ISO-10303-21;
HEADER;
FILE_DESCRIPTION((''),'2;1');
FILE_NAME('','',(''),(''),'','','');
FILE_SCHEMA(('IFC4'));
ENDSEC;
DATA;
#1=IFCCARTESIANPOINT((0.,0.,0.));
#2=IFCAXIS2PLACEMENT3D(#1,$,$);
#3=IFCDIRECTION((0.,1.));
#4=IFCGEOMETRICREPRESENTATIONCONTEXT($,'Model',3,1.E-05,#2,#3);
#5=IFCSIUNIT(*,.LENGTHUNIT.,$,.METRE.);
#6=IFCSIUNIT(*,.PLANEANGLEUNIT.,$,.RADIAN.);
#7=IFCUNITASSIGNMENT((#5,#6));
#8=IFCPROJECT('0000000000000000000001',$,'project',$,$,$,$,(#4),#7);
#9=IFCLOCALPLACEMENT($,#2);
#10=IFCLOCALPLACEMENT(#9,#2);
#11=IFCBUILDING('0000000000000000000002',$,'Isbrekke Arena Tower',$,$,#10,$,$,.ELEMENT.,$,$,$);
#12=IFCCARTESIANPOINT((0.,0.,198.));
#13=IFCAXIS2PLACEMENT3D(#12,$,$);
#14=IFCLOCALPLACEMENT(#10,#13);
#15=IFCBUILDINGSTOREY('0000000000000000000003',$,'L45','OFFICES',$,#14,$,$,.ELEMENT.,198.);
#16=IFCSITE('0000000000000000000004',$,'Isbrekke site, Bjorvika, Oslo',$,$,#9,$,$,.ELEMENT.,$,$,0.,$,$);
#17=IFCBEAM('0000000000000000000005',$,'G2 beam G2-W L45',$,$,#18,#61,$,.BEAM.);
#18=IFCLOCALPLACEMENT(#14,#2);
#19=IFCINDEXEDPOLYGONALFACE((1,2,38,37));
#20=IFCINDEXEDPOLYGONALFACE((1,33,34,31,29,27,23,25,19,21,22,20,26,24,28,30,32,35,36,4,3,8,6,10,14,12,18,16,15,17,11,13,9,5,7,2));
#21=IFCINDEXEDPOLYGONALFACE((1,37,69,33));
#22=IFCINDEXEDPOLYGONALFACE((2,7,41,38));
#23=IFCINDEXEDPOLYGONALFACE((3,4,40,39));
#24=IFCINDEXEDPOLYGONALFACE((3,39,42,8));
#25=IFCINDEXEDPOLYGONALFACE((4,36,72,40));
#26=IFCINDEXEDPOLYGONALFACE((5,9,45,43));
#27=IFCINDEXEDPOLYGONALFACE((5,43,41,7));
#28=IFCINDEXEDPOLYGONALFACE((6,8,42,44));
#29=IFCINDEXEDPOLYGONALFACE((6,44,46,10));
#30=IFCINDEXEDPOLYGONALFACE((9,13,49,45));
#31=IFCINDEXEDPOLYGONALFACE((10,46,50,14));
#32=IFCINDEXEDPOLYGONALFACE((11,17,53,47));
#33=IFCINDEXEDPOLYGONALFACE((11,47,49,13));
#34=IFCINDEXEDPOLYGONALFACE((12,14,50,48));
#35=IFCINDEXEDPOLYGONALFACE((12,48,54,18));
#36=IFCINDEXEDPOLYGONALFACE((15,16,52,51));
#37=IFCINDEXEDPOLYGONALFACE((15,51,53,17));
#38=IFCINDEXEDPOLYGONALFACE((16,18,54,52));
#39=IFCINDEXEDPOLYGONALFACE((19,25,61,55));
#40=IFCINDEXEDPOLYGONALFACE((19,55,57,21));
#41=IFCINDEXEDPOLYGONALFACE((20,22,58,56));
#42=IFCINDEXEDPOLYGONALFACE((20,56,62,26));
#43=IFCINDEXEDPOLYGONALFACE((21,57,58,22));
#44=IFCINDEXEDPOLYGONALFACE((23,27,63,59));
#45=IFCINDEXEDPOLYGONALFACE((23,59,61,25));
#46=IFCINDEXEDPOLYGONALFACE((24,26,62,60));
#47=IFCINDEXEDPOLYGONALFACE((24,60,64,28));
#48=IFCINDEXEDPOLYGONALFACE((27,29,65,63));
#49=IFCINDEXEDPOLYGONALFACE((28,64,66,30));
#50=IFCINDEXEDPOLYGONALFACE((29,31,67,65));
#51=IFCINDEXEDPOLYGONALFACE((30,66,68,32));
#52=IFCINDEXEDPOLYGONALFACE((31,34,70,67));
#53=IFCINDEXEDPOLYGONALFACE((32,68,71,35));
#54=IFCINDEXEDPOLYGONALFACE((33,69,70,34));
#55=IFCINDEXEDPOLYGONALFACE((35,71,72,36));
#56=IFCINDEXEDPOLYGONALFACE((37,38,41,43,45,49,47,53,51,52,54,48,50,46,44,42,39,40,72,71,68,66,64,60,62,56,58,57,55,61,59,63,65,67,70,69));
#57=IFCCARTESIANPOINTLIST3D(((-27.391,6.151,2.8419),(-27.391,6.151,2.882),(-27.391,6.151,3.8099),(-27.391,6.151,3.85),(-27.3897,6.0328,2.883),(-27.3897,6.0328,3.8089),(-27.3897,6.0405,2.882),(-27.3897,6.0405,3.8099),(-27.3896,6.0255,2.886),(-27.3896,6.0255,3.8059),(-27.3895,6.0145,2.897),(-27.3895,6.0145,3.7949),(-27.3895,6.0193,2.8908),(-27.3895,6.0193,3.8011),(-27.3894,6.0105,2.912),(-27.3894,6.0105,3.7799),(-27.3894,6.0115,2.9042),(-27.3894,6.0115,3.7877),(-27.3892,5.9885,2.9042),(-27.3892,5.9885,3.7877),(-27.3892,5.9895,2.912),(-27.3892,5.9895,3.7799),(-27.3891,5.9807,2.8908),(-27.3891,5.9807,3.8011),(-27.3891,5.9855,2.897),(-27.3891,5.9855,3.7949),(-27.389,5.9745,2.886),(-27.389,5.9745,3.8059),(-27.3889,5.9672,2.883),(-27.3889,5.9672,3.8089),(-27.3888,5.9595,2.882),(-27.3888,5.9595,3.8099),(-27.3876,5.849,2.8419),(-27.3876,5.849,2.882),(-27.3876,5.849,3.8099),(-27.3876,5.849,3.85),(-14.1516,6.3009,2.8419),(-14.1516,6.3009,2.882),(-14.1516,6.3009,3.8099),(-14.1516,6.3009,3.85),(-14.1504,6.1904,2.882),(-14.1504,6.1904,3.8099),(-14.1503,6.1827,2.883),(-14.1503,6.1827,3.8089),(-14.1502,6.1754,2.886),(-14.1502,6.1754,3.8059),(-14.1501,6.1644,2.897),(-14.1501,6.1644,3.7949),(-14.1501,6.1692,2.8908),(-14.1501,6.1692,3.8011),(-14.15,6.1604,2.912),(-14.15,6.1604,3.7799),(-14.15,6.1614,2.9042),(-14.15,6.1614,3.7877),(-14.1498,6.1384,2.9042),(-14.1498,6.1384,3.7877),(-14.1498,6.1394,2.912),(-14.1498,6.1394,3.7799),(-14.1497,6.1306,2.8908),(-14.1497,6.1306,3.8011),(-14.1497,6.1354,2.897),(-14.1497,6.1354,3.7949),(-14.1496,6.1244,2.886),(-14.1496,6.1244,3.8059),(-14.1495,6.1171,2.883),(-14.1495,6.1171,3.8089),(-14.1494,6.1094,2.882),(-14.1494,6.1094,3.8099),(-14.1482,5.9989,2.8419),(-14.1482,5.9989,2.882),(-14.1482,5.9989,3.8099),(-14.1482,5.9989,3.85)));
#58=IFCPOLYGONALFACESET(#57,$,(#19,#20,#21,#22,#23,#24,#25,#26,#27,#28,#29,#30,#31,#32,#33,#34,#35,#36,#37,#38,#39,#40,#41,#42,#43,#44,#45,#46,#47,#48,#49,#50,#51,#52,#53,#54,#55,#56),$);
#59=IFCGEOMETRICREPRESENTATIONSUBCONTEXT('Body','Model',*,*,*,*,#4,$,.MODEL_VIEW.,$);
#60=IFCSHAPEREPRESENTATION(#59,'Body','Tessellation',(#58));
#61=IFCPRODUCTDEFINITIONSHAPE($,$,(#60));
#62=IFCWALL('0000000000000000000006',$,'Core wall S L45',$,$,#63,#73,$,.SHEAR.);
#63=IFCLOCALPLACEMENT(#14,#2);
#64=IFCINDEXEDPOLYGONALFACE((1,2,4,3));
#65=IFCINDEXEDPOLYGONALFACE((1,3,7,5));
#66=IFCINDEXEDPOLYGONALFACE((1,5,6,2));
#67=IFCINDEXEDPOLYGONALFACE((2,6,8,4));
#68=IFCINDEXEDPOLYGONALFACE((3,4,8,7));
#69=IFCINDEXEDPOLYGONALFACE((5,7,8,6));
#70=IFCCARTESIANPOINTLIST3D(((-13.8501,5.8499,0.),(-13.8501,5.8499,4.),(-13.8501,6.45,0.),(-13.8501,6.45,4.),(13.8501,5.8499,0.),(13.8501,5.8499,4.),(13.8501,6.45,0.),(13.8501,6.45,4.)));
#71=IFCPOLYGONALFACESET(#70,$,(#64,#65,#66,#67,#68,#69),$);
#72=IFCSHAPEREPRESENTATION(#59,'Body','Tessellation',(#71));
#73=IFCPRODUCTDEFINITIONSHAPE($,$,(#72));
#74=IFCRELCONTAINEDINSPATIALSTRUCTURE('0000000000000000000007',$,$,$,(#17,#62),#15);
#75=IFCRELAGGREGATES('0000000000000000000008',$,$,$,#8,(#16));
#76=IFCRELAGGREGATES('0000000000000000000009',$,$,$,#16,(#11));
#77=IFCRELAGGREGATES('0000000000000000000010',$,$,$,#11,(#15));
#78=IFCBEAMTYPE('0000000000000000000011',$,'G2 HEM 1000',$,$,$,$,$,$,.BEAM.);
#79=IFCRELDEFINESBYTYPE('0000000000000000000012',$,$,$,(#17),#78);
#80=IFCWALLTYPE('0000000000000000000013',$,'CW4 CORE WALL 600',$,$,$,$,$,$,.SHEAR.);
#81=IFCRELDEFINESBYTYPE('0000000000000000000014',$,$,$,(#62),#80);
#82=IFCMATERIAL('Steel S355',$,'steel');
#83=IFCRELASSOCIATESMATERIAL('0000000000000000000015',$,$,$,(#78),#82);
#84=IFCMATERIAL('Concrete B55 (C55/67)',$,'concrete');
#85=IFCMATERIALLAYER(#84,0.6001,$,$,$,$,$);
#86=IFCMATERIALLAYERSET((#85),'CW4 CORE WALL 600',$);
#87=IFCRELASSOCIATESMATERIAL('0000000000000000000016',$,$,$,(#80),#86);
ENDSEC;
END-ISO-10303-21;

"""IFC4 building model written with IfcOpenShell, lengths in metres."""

from ifc_helpers import new_model, si_unit, direction, frame, frame_2d, origin, origin_2d, place, context, subcontext, project, spatial, rectangle, i_section, extrude, material, layer, layer_set, material_profile, profile_set, type_object, element, save


model = new_model("IFC4")

# Units and contexts
model_context = context("Model", 3, precision=1e-05, world=origin(), true_north=direction((0.0, 1.0)))
body_context = subcontext(model_context, "Body", "Model", "MODEL_VIEW")
ifc_project = project(units=[si_unit("LENGTHUNIT", "METRE"), si_unit("PLANEANGLEUNIT", "RADIAN")], contexts=[model_context])

# Site, building, storey
site_placement = place(None, origin())
site = spatial("IfcSite", under=ifc_project, at=site_placement, Name="Isbrekke site, Bjorvika, Oslo", CompositionType="ELEMENT", RefElevation=0.0)
building_placement = place(site_placement, origin())
building = spatial("IfcBuilding", under=site, at=building_placement, Name="Isbrekke Arena Tower", CompositionType="ELEMENT")
storey_placement = place(building_placement, frame((0.0, 0.0, 198.0)))
storey = spatial("IfcBuildingStorey", under=building, at=storey_placement, Name="L45", Description="OFFICES", CompositionType="ELEMENT", Elevation=198.0)

# Beam
ifc_material_1 = material(Name="Steel S355", Category="steel")
ifc_material_profile = material_profile(ifc_material_1, i_section(OverallWidth=0.302, OverallDepth=1.0081, WebThickness=0.021, FlangeThickness=0.04, FilletRadius=0.03, at=origin_2d()), Name="HEM 1000")
ifc_profile_set = profile_set([ifc_material_profile], Name="Steel S355")
beam_type = type_object("IfcBeamType", Name="G2 HEM 1000", PredefinedType="BEAM", material=ifc_profile_set)
beam_placement = place(storey_placement, frame((-14.1499, 6.1499, 3.3459), z_axis=(-0.999936, -0.011322, 0.0), x_axis=(0.011322, -0.999936, 0.0)))
element("IfcBeam", 1, at=beam_placement, inside=storey, type_object=beam_type, Name="G2 beam G2-W L45", PredefinedType="BEAM", context=body_context, shape_type="SweptSolid", body=[
    extrude(i_section(OverallWidth=0.302, OverallDepth=1.0081, WebThickness=0.021, FlangeThickness=0.04, FilletRadius=0.03, at=origin_2d()), origin(), (0.0, 0.0, 1.0), 13.2402),
])

# Wall
ifc_material_2 = material(Name="Concrete B55 (C55/67)", Category="concrete")
ifc_layer_1 = layer(ifc_material_2, 0.6001)
ifc_layer_set_1 = layer_set([ifc_layer_1], Name="CW4 CORE WALL 600")
wall_type_1 = type_object("IfcWallType", Name="CW4 CORE WALL 600", PredefinedType="SHEAR", material=ifc_layer_set_1)
wall_1_placement = place(storey_placement, frame((-13.8501, 6.1499, 0.0), z_axis=(0.0, 0.0, 1.0), x_axis=(1.0, 0.0, 0.0)))
element("IfcWall", 2, at=wall_1_placement, inside=storey, type_object=wall_type_1, Name="Core wall S L45", PredefinedType="SHEAR", context=body_context, shape_type="SweptSolid", body=[
    extrude(rectangle(XDim=27.7002, YDim=0.6001, at=frame_2d((13.8501, 0.0))), origin(), (0.0, 0.0, 1.0), 4.0),
])

save(model, "model.ifc")
